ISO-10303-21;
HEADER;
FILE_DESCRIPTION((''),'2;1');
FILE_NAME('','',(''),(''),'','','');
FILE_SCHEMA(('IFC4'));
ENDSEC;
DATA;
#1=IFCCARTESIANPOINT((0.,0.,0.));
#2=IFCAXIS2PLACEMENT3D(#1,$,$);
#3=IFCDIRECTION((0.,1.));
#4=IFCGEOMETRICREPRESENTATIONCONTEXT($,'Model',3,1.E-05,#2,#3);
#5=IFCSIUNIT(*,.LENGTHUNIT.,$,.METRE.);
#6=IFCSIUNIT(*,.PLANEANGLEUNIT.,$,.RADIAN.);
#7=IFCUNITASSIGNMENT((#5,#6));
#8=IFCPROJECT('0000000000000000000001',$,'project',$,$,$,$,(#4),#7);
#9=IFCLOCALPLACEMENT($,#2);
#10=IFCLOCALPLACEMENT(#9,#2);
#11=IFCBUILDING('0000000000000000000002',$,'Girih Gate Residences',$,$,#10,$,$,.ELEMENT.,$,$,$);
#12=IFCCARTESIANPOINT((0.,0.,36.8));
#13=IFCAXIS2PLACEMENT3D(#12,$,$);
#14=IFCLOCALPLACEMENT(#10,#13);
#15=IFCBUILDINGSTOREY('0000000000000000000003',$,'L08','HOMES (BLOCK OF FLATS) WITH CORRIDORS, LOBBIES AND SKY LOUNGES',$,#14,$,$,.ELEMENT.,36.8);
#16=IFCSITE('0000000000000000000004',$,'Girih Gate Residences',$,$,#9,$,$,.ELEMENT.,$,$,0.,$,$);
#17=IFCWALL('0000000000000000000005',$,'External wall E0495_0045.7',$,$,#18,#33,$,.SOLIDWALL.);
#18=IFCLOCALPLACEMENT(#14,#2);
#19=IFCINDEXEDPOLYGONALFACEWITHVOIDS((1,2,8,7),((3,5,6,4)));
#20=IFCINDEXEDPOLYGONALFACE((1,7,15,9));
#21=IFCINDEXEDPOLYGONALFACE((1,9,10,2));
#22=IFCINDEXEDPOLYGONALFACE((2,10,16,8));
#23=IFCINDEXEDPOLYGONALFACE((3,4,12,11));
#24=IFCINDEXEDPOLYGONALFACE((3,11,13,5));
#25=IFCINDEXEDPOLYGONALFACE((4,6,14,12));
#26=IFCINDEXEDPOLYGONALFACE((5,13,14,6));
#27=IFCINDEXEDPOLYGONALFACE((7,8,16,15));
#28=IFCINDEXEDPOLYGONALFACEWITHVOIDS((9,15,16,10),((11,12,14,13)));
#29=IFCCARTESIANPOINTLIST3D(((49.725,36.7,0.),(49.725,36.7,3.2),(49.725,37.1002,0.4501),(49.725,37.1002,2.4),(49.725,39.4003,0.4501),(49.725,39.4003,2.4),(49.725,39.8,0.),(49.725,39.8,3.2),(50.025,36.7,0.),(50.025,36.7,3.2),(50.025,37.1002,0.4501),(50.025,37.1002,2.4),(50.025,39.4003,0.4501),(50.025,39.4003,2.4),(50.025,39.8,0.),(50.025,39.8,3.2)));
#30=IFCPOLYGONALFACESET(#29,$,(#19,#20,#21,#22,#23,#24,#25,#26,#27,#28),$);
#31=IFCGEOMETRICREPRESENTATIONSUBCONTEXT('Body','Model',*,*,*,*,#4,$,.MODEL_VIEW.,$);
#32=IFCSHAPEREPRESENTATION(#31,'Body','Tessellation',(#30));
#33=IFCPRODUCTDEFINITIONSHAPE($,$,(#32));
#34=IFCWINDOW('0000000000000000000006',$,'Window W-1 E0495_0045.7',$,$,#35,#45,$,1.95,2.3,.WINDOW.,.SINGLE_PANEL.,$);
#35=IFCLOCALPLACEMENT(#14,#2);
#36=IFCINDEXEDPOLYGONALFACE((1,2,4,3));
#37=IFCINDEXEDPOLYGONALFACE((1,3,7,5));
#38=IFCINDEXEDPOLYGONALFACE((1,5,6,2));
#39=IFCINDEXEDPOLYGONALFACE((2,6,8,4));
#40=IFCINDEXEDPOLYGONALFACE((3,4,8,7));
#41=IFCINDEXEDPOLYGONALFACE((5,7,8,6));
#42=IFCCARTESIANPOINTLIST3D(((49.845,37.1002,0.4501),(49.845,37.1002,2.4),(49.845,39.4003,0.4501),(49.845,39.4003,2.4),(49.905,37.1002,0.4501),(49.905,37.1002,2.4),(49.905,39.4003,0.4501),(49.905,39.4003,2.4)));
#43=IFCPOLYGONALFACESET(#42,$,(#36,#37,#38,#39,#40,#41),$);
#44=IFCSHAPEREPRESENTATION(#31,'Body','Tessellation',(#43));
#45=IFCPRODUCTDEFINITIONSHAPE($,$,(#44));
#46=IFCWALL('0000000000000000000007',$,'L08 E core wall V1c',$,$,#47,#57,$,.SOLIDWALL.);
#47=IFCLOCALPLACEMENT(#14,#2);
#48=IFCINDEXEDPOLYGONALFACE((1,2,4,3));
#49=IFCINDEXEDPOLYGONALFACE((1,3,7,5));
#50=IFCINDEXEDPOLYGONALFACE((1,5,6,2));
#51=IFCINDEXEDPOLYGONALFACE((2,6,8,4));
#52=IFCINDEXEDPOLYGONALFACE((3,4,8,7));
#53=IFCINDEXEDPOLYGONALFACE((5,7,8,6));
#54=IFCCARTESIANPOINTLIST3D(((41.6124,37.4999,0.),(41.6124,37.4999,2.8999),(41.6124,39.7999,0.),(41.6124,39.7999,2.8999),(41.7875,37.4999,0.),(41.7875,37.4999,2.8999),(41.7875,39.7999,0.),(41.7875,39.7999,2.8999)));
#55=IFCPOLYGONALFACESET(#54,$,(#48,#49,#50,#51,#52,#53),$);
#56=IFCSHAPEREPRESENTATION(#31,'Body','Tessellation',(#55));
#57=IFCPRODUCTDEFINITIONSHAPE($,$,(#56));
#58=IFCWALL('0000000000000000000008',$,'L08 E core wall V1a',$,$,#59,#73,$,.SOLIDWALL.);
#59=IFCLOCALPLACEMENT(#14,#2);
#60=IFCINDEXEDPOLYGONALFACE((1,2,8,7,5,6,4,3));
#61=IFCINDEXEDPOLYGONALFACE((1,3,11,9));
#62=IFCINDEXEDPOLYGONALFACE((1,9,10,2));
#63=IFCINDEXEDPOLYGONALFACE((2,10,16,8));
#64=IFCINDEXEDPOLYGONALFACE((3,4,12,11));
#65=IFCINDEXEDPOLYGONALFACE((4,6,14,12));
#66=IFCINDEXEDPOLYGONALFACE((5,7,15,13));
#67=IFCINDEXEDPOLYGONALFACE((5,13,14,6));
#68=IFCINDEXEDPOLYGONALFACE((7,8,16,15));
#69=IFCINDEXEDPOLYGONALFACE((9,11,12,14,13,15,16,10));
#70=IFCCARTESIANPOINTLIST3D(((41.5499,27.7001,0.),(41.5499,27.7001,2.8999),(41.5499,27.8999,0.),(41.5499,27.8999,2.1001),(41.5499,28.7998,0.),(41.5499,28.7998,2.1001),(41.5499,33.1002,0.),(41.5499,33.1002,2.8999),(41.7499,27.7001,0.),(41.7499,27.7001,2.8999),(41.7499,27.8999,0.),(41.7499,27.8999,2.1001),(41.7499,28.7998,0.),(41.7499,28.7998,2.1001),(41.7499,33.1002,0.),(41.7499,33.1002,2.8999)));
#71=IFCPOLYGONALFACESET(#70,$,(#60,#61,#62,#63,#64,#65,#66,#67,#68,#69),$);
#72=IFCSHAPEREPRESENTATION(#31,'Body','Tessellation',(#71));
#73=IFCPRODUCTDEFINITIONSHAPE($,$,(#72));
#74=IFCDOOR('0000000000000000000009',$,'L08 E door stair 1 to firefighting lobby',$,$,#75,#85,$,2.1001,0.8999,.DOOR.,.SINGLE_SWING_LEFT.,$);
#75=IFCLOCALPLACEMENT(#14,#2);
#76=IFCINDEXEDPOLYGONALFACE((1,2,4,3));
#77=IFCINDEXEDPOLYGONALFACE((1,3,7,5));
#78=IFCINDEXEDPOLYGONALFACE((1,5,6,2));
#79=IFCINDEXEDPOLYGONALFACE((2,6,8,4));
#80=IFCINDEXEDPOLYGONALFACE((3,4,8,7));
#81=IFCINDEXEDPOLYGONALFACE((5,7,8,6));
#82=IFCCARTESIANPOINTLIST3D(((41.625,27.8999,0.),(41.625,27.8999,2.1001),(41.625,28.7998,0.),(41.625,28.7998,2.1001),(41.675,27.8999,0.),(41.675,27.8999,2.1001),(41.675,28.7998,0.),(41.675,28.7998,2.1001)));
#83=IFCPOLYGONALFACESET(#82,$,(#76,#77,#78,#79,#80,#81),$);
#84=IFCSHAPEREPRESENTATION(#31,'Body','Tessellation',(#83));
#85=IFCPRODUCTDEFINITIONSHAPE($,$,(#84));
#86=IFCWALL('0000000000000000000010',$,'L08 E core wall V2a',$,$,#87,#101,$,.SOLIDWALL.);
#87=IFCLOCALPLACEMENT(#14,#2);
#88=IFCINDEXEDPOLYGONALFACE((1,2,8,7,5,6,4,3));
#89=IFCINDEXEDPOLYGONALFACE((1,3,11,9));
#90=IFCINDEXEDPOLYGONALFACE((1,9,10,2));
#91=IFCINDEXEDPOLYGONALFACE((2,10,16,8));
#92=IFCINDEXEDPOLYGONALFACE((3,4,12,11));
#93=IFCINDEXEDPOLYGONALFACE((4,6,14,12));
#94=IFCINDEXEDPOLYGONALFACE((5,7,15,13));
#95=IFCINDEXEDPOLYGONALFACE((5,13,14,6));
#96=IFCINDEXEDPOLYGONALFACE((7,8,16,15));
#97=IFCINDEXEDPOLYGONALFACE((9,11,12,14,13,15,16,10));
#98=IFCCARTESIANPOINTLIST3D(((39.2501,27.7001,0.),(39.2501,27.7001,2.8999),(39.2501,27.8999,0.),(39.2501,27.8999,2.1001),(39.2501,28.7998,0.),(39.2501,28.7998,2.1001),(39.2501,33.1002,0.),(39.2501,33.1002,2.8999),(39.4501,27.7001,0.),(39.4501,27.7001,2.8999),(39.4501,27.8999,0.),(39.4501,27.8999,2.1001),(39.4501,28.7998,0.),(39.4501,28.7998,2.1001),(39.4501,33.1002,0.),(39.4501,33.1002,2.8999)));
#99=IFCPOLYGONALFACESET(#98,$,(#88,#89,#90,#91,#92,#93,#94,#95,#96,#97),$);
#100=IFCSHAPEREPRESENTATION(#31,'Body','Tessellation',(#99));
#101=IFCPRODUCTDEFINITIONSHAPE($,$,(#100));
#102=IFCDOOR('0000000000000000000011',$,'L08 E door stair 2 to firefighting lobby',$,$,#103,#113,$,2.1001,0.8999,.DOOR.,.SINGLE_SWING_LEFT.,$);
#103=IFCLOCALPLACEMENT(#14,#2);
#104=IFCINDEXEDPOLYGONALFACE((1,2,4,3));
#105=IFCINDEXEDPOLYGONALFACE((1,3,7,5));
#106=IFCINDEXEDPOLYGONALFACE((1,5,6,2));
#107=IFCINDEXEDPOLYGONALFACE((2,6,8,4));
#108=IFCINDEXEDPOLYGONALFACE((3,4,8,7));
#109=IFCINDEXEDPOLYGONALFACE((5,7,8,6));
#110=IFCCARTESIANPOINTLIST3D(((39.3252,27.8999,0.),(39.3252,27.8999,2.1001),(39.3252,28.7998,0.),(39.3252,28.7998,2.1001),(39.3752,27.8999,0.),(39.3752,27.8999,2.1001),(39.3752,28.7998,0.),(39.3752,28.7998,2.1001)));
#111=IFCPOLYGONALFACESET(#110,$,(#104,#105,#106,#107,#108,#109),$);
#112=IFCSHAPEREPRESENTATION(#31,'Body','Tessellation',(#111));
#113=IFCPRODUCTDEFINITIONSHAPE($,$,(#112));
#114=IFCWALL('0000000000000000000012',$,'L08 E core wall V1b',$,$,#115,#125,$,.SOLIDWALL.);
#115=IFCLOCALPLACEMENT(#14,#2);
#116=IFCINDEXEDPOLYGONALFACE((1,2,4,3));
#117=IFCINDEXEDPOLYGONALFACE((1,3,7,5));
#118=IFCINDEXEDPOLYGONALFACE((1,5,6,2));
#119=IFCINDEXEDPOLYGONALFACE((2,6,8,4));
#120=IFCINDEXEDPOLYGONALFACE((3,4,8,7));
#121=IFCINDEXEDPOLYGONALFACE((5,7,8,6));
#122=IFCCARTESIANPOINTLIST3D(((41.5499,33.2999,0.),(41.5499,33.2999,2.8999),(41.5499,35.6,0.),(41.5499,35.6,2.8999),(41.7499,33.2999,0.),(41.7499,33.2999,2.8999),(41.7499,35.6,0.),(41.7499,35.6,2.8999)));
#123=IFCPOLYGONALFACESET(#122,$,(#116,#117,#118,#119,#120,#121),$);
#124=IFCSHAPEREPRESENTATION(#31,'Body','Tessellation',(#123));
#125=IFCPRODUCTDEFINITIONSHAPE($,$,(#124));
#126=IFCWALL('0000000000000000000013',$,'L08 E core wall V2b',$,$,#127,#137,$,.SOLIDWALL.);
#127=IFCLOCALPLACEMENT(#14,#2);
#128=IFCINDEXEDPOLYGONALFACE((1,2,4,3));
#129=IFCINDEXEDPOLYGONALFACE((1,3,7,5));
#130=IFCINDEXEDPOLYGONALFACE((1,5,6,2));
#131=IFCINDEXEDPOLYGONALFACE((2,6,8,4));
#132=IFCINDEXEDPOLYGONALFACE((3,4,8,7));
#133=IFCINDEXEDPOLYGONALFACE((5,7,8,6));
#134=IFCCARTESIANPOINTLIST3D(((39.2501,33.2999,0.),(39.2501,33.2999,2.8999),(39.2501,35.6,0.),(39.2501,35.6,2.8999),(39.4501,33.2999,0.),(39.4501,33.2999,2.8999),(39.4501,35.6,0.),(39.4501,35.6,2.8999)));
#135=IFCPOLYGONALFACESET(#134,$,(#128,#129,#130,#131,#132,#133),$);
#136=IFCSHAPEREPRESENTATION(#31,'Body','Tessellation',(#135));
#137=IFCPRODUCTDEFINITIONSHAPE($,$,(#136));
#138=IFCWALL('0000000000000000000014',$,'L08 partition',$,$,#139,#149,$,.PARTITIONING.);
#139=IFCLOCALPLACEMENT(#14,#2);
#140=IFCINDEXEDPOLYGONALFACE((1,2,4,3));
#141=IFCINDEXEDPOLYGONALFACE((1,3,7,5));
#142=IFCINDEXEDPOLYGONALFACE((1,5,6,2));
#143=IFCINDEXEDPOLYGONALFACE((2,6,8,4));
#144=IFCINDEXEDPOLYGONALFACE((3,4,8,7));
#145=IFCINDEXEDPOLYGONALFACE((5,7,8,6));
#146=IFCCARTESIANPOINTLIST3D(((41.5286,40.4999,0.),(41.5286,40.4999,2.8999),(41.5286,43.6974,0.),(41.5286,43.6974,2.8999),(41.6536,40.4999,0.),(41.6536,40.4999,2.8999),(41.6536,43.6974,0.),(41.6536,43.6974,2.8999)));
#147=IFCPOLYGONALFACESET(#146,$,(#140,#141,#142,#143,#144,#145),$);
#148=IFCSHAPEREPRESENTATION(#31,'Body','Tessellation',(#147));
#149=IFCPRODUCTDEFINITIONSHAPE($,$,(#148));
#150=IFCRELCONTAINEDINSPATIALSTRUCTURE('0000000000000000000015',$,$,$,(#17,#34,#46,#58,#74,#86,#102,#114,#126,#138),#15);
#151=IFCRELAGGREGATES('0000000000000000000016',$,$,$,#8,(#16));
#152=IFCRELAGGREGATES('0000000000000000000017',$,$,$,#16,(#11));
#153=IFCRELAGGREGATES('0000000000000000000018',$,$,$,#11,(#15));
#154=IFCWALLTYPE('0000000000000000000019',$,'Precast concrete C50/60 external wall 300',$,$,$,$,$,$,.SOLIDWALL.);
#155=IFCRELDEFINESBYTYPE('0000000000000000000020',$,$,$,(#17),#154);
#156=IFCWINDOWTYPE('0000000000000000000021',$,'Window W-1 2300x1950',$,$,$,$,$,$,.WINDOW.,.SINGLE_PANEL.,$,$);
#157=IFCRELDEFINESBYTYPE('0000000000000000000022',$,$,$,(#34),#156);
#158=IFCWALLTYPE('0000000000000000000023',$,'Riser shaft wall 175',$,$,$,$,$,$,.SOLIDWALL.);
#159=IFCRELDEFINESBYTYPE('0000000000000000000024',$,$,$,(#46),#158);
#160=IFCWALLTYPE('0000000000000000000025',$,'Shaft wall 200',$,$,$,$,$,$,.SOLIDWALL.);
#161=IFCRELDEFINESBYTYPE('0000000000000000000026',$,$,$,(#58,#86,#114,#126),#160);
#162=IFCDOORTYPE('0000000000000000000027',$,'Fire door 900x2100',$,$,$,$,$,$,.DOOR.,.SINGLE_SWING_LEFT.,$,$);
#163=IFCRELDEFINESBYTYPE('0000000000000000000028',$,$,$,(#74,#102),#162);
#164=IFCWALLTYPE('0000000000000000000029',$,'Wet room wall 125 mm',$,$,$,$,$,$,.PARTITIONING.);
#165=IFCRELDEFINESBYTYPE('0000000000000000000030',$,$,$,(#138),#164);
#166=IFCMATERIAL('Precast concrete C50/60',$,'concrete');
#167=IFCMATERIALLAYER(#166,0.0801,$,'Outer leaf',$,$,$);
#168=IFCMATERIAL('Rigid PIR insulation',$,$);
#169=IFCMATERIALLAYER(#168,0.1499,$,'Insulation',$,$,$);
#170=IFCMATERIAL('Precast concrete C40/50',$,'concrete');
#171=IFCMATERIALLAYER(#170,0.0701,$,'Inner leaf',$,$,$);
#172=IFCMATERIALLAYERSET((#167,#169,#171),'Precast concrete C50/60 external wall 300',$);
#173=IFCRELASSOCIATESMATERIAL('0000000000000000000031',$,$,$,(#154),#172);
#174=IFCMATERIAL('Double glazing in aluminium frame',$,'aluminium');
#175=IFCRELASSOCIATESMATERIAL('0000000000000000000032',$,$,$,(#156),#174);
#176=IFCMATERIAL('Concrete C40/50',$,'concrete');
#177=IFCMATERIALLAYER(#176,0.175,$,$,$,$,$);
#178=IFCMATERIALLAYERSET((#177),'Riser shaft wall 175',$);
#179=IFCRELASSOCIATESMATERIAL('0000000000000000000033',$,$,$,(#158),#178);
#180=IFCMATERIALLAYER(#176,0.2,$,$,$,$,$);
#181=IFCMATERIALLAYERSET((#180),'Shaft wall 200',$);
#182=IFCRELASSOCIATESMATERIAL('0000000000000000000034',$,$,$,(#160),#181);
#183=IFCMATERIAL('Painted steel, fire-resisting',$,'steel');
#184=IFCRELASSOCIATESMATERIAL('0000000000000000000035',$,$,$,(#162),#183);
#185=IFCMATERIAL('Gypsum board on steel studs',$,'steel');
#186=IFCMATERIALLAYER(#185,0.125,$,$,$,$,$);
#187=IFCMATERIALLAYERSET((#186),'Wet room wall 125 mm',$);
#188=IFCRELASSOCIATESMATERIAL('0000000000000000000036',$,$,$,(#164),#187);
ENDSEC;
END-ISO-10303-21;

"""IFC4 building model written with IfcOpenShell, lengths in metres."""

from ifc_helpers import new_model, si_unit, direction, frame, frame_2d, origin, place, context, subcontext, project, spatial, rectangle, extrude, material, layer, layer_set, type_object, element, fill, save


model = new_model("IFC4")

# Units and contexts
model_context = context("Model", 3, precision=1e-05, world=origin(), true_north=direction((0.0, 1.0)))
body_context = subcontext(model_context, "Body", "Model", "MODEL_VIEW")
ifc_project = project(units=[si_unit("LENGTHUNIT", "METRE"), si_unit("PLANEANGLEUNIT", "RADIAN")], contexts=[model_context])

# Site, building, storey
site_placement = place(None, origin())
site = spatial("IfcSite", under=ifc_project, at=site_placement, Name="Girih Gate Residences", CompositionType="ELEMENT", RefElevation=0.0)
building_placement = place(site_placement, origin())
building = spatial("IfcBuilding", under=site, at=building_placement, Name="Girih Gate Residences", CompositionType="ELEMENT")
storey_placement = place(building_placement, frame((0.0, 0.0, 36.8)))
storey = spatial("IfcBuildingStorey", under=building, at=storey_placement, Name="L08", Description="HOMES (BLOCK OF FLATS) WITH CORRIDORS, LOBBIES AND SKY LOUNGES", CompositionType="ELEMENT", Elevation=36.8)

# Shared definitions
ifc_material_1 = material(Name="Gypsum board on steel studs", Category="steel")

# Wall, opening, window
ifc_material_2 = material(Name="Precast concrete C50/60", Category="concrete")
ifc_layer_1 = layer(ifc_material_2, 0.0801, Name="Outer leaf")
ifc_material_3 = material(Name="Rigid PIR insulation")
ifc_layer_2 = layer(ifc_material_3, 0.1499, Name="Insulation")
ifc_material_4 = material(Name="Precast concrete C40/50", Category="concrete")
ifc_layer_3 = layer(ifc_material_4, 0.0701, Name="Inner leaf")
ifc_layer_set_1 = layer_set([ifc_layer_1, ifc_layer_2, ifc_layer_3], Name="Precast concrete C50/60 external wall 300")
wall_type_1 = type_object("IfcWallType", Name="Precast concrete C50/60 external wall 300", PredefinedType="SOLIDWALL", material=ifc_layer_set_1)
ifc_material_5 = material(Name="Double glazing in aluminium frame", Category="aluminium")
window_type = type_object("IfcWindowType", Name="Window W-1 2300x1950", PartitioningType="SINGLE_PANEL", PredefinedType="WINDOW", material=ifc_material_5)
wall_1_placement = place(storey_placement, frame((49.875, 39.8, 0.0), z_axis=(0.0, 0.0, 1.0), x_axis=(0.0, -1.0, 0.0)))
wall_1 = element("IfcWall", 1, at=wall_1_placement, inside=storey, type_object=wall_type_1, Name="External wall E0495_0045.7", PredefinedType="SOLIDWALL", context=body_context, shape_type="SweptSolid", body=[
    extrude(rectangle(XDim=3.1001, YDim=0.3, at=frame_2d((1.55, 0.0))), origin(), (0.0, 0.0, 1.0), 3.2),
])
opening_1_placement = place(wall_1_placement, frame((0.3999, 0.0, 0.45)))
opening_1 = element("IfcOpeningElement", 2, at=opening_1_placement, cuts=wall_1, PredefinedType="OPENING", context=body_context, shape_type="SweptSolid", body=[
    extrude(rectangle(XDim=2.3, YDim=1.95, at=frame_2d((1.1499, 0.9751))), frame((0.0, 0.1599, 0.0), z_axis=(0.0, -1.0, 0.0), x_axis=(1.0, 0.0, 0.0)), (0.0, 0.0, 1.0), 0.3201),
])
window_1_placement = place(opening_1_placement, origin())
window_1 = element("IfcWindow", 3, at=window_1_placement, inside=storey, type_object=window_type, Name="Window W-1 E0495_0045.7", OverallHeight=1.95, OverallWidth=2.3, PartitioningType="SINGLE_PANEL", PredefinedType="WINDOW", context=body_context, shape_type="SweptSolid", body=[
    extrude(rectangle(XDim=2.3, YDim=1.95, at=frame_2d((1.1499, 0.9751))), frame((0.0, 0.03, 0.0), z_axis=(0.0, -1.0, 0.0), x_axis=(1.0, 0.0, 0.0)), (0.0, 0.0, 1.0), 0.0601),
])
fill(opening_1, window_1)

# Wall
ifc_material_6 = material(Name="Concrete C40/50", Category="concrete")
ifc_layer_4 = layer(ifc_material_6, 0.175)
ifc_layer_set_2 = layer_set([ifc_layer_4], Name="Riser shaft wall 175")
wall_type_2 = type_object("IfcWallType", Name="Riser shaft wall 175", PredefinedType="SOLIDWALL", material=ifc_layer_set_2)
wall_2_placement = place(storey_placement, frame((41.7, 37.5, 0.0), z_axis=(0.0, 0.0, 1.0), x_axis=(0.0, 1.0, 0.0)))
element("IfcWall", 4, at=wall_2_placement, inside=storey, type_object=wall_type_2, Name="L08 E core wall V1c", PredefinedType="SOLIDWALL", context=body_context, shape_type="SweptSolid", body=[
    extrude(rectangle(XDim=2.3, YDim=0.175, at=frame_2d((1.1499, 0.0))), origin(), (0.0, 0.0, 1.0), 2.8999),
])

# Walls, openings, doors
ifc_layer_5 = layer(ifc_material_6, 0.2)
ifc_layer_set_3 = layer_set([ifc_layer_5], Name="Shaft wall 200")
wall_type_3 = type_object("IfcWallType", Name="Shaft wall 200", PredefinedType="SOLIDWALL", material=ifc_layer_set_3)
wall_3_placement = place(storey_placement, frame((41.6499, 27.7, 0.0), z_axis=(0.0, 0.0, 1.0), x_axis=(0.0, 1.0, 0.0)))
wall_3 = element("IfcWall", 5, at=wall_3_placement, inside=storey, type_object=wall_type_3, Name="L08 E core wall V1a", PredefinedType="SOLIDWALL", context=body_context, shape_type="SweptSolid", body=[
    extrude(rectangle(XDim=5.4001, YDim=0.2, at=frame_2d((2.7002, 0.0))), origin(), (0.0, 0.0, 1.0), 2.8999),
])
opening_2_placement = place(wall_3_placement, frame((0.2, 0.0, 0.0)))
opening_2 = element("IfcOpeningElement", 6, at=opening_2_placement, cuts=wall_3, PredefinedType="OPENING", context=body_context, shape_type="SweptSolid", body=[
    extrude(rectangle(XDim=0.8999, YDim=2.1001, at=frame_2d((0.45, 1.05))), frame((0.0, 0.1099, 0.0), z_axis=(0.0, -1.0, 0.0), x_axis=(1.0, 0.0, 0.0)), (0.0, 0.0, 1.0), 0.22),
])
ifc_material_7 = material(Name="Painted steel, fire-resisting", Category="steel")
door_type = type_object("IfcDoorType", Name="Fire door 900x2100", OperationType="SINGLE_SWING_LEFT", PredefinedType="DOOR", material=ifc_material_7)
door_1_placement = place(opening_2_placement, origin())
door_1 = element("IfcDoor", 7, at=door_1_placement, inside=storey, type_object=door_type, Name="L08 E door stair 1 to firefighting lobby", OperationType="SINGLE_SWING_LEFT", OverallHeight=2.1001, OverallWidth=0.8999, PredefinedType="DOOR", context=body_context, shape_type="SweptSolid", body=[
    extrude(rectangle(XDim=0.8999, YDim=2.1001, at=frame_2d((0.45, 1.05))), frame((0.0, 0.0249, 0.0), z_axis=(0.0, -1.0, 0.0), x_axis=(1.0, 0.0, 0.0)), (0.0, 0.0, 1.0), 0.05),
])
fill(opening_2, door_1)
wall_4_placement = place(storey_placement, frame((39.3501, 27.7, 0.0), z_axis=(0.0, 0.0, 1.0), x_axis=(0.0, 1.0, 0.0)))
wall_4 = element("IfcWall", 8, at=wall_4_placement, inside=storey, type_object=wall_type_3, Name="L08 E core wall V2a", PredefinedType="SOLIDWALL", context=body_context, shape_type="SweptSolid", body=[
    extrude(rectangle(XDim=5.4001, YDim=0.2, at=frame_2d((2.7002, 0.0))), origin(), (0.0, 0.0, 1.0), 2.8999),
])
opening_3_placement = place(wall_4_placement, frame((0.2, 0.0, 0.0)))
opening_3 = element("IfcOpeningElement", 9, at=opening_3_placement, cuts=wall_4, PredefinedType="OPENING", context=body_context, shape_type="SweptSolid", body=[
    extrude(rectangle(XDim=0.8999, YDim=2.1001, at=frame_2d((0.45, 1.05))), frame((0.0, 0.1099, 0.0), z_axis=(0.0, -1.0, 0.0), x_axis=(1.0, 0.0, 0.0)), (0.0, 0.0, 1.0), 0.22),
])
door_2_placement = place(opening_3_placement, origin())
door_2 = element("IfcDoor", 10, at=door_2_placement, inside=storey, type_object=door_type, Name="L08 E door stair 2 to firefighting lobby", OperationType="SINGLE_SWING_LEFT", OverallHeight=2.1001, OverallWidth=0.8999, PredefinedType="DOOR", context=body_context, shape_type="SweptSolid", body=[
    extrude(rectangle(XDim=0.8999, YDim=2.1001, at=frame_2d((0.45, 1.05))), frame((0.0, 0.0249, 0.0), z_axis=(0.0, -1.0, 0.0), x_axis=(1.0, 0.0, 0.0)), (0.0, 0.0, 1.0), 0.05),
])
fill(opening_3, door_2)

# Walls
for number, where, z_axis, x_axis, name in (
    (11, (41.6499, 33.3, 0.0), (0.0, 0.0, 1.0), (0.0, 1.0, 0.0), "L08 E core wall V1b"),
    (12, (39.3501, 33.3, 0.0), (0.0, 0.0, 1.0), (0.0, 1.0, 0.0), "L08 E core wall V2b"),
):
    element("IfcWall", number, at=place(storey_placement, frame(where, z_axis=z_axis, x_axis=x_axis)), inside=storey, type_object=wall_type_3, Name=name, PredefinedType="SOLIDWALL", context=body_context, shape_type="SweptSolid", body=[
        extrude(rectangle(XDim=2.3, YDim=0.2, at=frame_2d((1.1499, 0.0))), origin(), (0.0, 0.0, 1.0), 2.8999),
    ])
ifc_layer_6 = layer(ifc_material_1, 0.125)
ifc_layer_set_4 = layer_set([ifc_layer_6], Name="Wet room wall 125 mm")
wall_type_4 = type_object("IfcWallType", Name="Wet room wall 125 mm", PredefinedType="PARTITIONING", material=ifc_layer_set_4)
wall_5_placement = place(storey_placement, frame((41.5911, 40.5, 0.0), z_axis=(0.0, 0.0, 1.0), x_axis=(0.0, 1.0, 0.0)))
element("IfcWall", 13, at=wall_5_placement, inside=storey, type_object=wall_type_4, Name="L08 partition", PredefinedType="PARTITIONING", context=body_context, shape_type="SweptSolid", body=[
    extrude(rectangle(XDim=3.1975, YDim=0.125, at=frame_2d((1.5986, 0.0))), origin(), (0.0, 0.0, 1.0), 2.8999),
])

save(model, "model.ifc")
